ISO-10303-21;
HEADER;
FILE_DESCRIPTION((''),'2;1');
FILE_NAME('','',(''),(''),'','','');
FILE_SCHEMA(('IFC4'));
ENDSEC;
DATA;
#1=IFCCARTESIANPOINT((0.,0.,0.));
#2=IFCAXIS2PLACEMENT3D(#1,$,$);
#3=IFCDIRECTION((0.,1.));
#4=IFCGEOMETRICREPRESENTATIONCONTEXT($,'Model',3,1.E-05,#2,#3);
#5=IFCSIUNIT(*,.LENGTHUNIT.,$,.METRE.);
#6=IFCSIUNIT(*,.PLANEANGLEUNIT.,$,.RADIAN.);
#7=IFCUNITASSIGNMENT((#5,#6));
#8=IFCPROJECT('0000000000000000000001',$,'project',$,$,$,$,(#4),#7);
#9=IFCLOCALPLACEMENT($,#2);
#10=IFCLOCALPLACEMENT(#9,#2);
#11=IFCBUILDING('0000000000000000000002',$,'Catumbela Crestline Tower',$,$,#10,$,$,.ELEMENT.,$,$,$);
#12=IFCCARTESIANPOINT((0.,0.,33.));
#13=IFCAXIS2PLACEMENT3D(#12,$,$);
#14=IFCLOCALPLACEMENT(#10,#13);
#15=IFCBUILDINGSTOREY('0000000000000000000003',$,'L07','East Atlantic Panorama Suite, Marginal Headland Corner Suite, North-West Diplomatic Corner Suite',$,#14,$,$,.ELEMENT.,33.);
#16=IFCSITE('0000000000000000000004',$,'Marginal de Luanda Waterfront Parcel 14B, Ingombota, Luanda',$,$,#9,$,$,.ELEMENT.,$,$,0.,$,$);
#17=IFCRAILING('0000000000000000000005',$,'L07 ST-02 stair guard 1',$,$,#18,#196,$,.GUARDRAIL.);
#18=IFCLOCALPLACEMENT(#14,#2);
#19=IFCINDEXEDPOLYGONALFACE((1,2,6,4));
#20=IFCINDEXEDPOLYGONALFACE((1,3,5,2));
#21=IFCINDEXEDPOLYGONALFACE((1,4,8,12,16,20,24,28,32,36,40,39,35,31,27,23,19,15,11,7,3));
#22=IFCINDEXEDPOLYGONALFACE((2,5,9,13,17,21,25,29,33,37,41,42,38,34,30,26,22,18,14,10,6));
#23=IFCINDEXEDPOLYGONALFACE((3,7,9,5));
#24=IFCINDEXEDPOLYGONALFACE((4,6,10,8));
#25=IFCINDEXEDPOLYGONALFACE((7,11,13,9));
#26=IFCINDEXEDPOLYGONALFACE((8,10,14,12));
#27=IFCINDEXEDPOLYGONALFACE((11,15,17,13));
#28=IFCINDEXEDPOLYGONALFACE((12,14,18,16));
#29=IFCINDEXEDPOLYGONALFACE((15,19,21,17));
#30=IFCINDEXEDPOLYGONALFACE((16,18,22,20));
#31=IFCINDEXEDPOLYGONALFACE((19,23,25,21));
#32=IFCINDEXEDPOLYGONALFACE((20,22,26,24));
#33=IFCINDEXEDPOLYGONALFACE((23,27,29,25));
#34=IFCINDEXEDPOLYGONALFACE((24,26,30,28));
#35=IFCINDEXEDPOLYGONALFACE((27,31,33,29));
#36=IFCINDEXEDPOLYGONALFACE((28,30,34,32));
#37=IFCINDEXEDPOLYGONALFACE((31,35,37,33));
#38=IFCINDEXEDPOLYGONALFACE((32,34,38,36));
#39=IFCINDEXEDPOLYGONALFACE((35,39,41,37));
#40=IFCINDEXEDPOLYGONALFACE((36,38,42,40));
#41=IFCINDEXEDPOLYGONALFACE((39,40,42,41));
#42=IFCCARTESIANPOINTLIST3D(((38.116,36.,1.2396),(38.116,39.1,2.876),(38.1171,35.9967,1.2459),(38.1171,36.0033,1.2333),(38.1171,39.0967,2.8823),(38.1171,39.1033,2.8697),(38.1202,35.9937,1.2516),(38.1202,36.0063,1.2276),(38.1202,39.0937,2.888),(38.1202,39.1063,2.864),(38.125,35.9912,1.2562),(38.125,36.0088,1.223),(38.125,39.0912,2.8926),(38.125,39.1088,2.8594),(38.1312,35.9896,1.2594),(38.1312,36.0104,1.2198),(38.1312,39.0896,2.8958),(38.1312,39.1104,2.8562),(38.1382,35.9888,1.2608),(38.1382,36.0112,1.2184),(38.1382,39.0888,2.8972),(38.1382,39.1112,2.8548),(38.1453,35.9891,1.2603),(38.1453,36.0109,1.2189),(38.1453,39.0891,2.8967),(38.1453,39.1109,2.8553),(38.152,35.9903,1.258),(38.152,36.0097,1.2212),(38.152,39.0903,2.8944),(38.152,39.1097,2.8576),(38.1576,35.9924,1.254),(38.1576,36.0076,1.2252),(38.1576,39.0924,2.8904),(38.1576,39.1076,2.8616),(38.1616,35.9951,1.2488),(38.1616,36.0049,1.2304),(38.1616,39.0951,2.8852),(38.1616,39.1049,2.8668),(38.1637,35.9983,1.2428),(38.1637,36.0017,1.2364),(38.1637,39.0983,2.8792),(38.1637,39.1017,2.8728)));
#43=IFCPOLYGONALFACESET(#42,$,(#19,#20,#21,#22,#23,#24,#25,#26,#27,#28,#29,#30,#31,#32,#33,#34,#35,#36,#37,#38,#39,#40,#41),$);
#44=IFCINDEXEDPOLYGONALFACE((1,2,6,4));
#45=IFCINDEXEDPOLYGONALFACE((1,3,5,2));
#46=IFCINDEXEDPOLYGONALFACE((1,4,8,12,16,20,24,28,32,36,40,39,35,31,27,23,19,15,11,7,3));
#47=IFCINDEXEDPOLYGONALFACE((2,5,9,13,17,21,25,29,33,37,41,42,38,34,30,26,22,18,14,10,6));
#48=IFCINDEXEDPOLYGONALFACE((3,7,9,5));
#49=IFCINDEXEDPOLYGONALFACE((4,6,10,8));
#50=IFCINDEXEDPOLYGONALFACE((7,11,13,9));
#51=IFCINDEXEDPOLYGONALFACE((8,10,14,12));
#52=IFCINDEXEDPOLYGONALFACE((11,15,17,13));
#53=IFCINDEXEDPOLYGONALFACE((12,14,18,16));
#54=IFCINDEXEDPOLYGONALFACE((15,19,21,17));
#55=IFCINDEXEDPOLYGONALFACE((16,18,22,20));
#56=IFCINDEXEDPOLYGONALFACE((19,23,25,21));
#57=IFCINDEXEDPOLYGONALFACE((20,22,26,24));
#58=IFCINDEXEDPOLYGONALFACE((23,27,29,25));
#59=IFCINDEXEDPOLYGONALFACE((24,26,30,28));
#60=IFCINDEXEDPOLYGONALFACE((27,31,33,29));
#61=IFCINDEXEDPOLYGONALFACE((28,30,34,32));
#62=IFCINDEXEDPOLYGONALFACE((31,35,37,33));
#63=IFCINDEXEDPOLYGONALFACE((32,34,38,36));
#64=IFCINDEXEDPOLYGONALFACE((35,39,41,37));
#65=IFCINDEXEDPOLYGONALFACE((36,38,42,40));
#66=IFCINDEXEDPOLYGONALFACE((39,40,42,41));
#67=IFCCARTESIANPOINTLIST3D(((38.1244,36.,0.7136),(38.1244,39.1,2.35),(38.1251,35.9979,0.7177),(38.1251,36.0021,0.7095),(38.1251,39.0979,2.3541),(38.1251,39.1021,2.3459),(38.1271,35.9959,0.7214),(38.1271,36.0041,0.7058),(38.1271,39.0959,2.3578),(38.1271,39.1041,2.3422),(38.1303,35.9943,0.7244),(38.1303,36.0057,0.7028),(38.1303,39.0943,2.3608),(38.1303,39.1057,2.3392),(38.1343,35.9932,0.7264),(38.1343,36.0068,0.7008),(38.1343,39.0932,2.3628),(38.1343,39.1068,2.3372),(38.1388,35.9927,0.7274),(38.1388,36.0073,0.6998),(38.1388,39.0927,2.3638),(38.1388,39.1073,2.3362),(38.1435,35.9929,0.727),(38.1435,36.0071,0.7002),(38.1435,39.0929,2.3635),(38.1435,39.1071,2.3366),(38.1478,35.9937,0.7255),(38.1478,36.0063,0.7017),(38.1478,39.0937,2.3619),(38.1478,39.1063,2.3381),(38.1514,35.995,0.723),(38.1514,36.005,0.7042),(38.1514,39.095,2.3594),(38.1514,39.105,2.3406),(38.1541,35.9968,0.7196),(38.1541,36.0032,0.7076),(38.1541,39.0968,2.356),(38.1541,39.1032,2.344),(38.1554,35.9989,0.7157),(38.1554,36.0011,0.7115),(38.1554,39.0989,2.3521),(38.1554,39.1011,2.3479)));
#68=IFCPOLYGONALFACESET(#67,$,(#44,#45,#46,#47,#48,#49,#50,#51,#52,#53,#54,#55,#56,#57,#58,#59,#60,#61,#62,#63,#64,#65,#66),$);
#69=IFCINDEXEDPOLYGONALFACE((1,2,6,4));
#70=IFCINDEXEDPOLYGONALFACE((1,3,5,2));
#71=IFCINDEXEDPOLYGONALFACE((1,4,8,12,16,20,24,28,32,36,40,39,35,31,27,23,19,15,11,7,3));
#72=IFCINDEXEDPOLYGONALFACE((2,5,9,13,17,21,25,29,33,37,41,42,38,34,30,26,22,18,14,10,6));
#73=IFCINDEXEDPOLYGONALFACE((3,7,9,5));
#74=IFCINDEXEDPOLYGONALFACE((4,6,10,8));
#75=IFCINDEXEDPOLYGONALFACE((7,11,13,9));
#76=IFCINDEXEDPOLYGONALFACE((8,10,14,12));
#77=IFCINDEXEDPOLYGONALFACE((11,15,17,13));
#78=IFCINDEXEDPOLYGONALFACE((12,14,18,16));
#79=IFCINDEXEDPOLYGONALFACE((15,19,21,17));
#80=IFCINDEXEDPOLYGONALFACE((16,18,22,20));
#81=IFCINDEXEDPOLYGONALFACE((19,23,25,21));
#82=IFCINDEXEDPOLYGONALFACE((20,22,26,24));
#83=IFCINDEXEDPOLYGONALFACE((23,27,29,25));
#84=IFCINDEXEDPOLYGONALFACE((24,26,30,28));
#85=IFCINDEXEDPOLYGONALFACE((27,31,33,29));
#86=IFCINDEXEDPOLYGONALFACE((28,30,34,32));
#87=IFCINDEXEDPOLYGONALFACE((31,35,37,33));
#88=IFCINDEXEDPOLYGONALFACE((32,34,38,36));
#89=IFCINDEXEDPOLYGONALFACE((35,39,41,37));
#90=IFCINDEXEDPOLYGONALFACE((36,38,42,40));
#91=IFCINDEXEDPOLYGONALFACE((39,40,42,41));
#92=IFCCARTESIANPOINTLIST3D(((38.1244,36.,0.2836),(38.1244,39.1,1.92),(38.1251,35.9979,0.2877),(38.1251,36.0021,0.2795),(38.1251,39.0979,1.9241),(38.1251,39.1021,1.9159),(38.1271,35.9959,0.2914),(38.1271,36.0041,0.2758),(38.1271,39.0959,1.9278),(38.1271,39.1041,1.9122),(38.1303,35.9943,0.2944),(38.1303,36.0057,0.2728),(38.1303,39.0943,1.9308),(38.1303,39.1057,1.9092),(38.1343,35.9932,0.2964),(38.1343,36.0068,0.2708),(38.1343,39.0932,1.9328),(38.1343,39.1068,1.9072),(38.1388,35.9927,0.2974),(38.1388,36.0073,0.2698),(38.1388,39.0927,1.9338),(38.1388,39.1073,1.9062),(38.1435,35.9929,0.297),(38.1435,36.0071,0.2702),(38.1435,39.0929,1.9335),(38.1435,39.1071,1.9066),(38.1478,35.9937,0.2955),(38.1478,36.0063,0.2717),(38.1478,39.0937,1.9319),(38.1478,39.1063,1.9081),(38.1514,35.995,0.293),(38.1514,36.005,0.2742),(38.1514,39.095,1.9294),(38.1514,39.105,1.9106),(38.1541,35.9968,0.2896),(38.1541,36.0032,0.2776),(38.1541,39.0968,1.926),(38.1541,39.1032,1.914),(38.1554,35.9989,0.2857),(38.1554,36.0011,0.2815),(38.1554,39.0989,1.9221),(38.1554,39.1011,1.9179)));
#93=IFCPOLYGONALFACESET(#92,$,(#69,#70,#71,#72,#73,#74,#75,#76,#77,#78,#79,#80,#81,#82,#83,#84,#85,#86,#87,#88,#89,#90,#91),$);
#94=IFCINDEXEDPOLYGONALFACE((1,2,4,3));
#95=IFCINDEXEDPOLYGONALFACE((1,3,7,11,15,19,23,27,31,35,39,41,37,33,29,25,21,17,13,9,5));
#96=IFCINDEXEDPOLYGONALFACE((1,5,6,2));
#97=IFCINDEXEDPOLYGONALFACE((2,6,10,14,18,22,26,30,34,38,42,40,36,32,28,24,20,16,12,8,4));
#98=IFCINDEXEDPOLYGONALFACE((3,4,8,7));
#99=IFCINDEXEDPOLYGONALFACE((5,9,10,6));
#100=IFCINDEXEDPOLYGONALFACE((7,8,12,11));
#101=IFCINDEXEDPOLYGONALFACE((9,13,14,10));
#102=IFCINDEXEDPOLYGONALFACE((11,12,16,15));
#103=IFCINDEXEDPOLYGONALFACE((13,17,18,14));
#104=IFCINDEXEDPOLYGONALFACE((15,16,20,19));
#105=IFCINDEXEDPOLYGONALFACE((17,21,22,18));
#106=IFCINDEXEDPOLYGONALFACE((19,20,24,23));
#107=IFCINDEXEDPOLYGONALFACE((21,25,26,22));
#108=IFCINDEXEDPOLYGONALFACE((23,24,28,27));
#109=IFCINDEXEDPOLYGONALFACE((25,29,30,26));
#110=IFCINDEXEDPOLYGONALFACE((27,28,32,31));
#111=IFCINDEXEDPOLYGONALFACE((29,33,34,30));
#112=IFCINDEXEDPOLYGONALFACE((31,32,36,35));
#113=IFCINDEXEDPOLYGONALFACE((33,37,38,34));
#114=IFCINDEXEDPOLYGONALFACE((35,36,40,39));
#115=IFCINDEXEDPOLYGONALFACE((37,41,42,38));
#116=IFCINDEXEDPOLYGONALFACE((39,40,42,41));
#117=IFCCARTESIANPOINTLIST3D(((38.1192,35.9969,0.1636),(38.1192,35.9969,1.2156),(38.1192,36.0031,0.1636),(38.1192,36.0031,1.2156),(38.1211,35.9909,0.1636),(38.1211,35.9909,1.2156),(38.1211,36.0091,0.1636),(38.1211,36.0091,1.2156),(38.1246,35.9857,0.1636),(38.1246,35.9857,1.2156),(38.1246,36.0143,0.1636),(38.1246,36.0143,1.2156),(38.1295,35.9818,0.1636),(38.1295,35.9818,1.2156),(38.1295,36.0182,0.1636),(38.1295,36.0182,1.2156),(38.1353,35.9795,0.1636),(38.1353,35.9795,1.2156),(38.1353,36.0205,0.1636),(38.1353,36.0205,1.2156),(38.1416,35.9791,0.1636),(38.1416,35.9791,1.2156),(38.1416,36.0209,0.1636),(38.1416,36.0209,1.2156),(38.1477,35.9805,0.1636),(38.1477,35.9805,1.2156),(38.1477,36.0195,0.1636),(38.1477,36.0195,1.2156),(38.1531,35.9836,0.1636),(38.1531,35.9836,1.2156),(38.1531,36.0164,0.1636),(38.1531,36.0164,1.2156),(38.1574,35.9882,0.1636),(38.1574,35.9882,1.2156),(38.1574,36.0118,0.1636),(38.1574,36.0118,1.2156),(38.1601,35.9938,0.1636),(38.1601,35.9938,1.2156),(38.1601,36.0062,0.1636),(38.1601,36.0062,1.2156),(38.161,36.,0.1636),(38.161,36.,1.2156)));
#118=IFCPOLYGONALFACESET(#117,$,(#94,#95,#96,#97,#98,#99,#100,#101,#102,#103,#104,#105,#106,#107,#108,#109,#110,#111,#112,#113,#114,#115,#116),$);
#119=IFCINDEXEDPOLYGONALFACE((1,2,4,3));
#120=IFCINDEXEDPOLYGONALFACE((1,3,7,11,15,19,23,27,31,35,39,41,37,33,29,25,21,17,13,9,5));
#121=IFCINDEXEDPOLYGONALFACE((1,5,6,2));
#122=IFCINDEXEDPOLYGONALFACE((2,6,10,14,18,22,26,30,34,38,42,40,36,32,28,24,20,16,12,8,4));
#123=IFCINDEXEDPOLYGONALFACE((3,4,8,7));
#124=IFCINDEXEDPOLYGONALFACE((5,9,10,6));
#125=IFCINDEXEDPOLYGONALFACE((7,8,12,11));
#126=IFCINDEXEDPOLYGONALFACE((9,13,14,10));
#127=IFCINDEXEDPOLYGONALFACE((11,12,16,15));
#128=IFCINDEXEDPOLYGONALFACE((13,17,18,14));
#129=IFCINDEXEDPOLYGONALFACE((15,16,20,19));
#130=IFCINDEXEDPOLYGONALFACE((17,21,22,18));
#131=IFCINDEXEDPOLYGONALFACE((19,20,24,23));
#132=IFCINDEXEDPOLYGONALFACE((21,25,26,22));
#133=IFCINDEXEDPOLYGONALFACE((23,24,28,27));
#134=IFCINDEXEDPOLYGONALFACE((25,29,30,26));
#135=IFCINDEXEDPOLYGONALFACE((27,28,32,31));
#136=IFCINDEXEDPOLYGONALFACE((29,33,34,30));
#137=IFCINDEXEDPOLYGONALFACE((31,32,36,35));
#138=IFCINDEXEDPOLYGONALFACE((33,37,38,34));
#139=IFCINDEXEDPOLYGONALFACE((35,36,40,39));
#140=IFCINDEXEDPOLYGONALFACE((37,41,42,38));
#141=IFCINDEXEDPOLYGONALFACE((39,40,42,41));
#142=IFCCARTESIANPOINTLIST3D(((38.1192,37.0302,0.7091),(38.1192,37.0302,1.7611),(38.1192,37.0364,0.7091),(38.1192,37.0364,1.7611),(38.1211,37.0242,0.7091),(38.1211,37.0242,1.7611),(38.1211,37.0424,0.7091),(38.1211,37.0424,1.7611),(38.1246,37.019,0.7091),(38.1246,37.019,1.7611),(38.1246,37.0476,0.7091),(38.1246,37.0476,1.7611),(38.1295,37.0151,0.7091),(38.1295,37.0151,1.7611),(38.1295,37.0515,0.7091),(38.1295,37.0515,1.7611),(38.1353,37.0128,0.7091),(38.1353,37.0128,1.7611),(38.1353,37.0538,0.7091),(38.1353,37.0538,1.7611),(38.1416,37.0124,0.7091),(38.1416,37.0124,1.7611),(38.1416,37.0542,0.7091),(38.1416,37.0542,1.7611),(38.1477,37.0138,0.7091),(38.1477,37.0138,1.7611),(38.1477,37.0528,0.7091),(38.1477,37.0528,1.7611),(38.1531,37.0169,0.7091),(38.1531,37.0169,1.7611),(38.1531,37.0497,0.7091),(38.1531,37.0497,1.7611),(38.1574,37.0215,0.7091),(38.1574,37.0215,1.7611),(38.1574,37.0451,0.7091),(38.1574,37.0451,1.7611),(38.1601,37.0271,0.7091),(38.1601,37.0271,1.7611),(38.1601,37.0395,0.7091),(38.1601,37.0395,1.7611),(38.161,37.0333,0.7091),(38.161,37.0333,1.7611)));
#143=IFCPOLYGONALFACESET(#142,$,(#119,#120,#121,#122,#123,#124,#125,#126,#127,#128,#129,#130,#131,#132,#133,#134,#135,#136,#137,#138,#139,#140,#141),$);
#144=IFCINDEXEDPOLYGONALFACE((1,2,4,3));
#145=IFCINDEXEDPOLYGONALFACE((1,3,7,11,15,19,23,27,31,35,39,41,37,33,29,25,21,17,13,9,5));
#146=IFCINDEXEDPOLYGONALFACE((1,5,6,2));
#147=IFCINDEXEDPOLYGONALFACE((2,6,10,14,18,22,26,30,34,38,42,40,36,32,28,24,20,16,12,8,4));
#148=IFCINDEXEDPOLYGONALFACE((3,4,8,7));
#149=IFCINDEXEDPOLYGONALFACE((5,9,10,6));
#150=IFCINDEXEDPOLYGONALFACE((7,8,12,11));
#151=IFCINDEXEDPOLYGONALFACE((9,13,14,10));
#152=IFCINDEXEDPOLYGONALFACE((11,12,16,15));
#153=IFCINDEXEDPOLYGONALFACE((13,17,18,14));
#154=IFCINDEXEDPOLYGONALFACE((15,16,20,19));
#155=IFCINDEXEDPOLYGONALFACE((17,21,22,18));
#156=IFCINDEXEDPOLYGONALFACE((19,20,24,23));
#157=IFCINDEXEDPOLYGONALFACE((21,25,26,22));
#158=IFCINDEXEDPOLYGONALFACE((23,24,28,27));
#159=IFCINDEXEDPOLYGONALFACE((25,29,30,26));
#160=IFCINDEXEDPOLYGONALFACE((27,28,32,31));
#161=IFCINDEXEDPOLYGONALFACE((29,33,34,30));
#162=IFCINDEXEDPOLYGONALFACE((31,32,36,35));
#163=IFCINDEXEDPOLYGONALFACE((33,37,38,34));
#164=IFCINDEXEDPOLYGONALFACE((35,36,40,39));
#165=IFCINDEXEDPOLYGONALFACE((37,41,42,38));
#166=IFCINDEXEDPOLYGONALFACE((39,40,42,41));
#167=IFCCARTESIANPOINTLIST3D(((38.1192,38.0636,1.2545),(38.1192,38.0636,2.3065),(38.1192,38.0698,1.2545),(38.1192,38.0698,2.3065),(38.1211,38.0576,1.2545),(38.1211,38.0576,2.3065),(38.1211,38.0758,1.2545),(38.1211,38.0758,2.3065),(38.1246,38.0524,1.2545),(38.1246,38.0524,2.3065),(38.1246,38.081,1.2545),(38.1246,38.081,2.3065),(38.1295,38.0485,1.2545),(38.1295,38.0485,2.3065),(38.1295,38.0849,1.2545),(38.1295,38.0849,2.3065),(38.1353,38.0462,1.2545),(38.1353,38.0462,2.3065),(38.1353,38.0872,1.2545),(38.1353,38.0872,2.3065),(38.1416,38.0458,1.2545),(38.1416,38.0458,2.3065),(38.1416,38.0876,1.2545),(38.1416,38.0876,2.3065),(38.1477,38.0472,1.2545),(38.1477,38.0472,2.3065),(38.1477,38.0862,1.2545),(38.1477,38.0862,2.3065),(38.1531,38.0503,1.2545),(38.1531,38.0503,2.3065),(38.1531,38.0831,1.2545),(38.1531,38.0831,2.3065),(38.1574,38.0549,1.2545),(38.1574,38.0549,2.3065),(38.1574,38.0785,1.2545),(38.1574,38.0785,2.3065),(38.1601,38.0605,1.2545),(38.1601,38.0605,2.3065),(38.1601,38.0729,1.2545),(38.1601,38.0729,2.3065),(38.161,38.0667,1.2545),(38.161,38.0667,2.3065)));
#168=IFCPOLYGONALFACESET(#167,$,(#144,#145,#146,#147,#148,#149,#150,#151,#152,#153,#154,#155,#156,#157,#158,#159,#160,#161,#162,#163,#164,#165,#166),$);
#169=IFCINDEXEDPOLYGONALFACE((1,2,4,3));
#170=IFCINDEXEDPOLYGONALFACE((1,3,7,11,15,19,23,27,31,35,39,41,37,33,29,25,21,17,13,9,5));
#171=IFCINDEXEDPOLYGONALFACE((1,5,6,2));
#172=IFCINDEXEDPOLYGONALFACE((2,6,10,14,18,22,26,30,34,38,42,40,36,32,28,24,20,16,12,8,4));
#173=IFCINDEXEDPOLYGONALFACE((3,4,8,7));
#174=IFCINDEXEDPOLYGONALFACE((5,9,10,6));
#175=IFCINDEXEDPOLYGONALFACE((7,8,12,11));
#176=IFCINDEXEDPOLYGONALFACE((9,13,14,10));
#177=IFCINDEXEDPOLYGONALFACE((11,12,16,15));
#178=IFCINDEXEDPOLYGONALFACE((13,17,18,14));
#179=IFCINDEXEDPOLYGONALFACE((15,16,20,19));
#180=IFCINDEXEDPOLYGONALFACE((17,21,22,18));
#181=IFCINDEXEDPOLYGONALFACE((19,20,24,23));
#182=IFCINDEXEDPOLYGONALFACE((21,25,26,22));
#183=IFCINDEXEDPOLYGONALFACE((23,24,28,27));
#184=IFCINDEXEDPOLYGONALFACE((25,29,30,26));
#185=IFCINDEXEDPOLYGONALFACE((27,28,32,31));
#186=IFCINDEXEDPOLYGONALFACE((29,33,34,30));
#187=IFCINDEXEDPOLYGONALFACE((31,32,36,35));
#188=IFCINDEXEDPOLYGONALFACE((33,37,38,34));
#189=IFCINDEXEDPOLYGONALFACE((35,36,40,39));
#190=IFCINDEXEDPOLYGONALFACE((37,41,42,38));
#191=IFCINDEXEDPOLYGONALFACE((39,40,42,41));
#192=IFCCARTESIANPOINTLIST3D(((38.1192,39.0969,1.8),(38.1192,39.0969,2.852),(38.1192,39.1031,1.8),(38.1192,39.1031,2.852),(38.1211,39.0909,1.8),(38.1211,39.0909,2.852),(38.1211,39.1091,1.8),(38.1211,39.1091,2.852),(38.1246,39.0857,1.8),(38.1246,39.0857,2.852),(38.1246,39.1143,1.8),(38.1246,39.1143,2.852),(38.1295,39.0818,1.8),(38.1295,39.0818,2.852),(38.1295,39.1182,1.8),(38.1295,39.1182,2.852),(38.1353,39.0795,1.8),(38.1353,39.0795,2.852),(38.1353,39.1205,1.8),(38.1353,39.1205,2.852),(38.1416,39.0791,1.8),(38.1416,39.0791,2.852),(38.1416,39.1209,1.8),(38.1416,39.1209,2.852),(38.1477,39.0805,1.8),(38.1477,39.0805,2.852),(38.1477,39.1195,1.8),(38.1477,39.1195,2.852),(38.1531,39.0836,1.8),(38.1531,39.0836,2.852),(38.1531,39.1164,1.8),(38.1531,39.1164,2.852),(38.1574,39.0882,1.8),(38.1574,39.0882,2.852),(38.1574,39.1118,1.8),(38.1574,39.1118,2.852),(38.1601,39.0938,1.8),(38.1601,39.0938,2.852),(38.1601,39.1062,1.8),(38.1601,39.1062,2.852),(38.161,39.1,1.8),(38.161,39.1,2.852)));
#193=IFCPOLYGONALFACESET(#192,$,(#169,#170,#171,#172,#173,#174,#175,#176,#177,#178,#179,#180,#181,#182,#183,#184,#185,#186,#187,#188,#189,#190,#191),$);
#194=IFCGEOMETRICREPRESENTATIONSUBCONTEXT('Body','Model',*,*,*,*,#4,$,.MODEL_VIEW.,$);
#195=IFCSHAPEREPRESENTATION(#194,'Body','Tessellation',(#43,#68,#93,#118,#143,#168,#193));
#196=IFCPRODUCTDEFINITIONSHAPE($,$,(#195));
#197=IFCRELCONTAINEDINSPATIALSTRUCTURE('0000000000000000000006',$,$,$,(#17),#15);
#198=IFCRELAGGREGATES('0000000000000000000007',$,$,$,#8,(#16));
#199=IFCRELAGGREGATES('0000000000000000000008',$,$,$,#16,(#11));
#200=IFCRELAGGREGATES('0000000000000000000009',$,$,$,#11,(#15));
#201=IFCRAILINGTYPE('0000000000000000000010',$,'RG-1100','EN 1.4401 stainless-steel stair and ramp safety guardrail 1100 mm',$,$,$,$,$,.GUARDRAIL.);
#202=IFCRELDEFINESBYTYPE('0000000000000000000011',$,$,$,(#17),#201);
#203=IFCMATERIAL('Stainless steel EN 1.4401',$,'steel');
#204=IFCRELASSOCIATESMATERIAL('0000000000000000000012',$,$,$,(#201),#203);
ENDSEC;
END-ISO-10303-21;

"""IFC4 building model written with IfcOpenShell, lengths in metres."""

from ifc_helpers import new_model, si_unit, direction, frame, origin, origin_2d, place, context, subcontext, project, spatial, circle, extrude, material, type_object, element, save


model = new_model("IFC4")

# Units and contexts
model_context = context("Model", 3, precision=1e-05, world=origin(), true_north=direction((0.0, 1.0)))
body_context = subcontext(model_context, "Body", "Model", "MODEL_VIEW")
ifc_project = project(units=[si_unit("LENGTHUNIT", "METRE"), si_unit("PLANEANGLEUNIT", "RADIAN")], contexts=[model_context])

# Site, building, storey
site_placement = place(None, origin())
site = spatial("IfcSite", under=ifc_project, at=site_placement, Name="Marginal de Luanda Waterfront Parcel 14B, Ingombota, Luanda", CompositionType="ELEMENT", RefElevation=0.0)
building_placement = place(site_placement, origin())
building = spatial("IfcBuilding", under=site, at=building_placement, Name="Catumbela Crestline Tower", CompositionType="ELEMENT")
storey_placement = place(building_placement, frame((0.0, 0.0, 33.0)))
storey = spatial("IfcBuildingStorey", under=building, at=storey_placement, Name="L07", Description="East Atlantic Panorama Suite, Marginal Headland Corner Suite, North-West Diplomatic Corner Suite", CompositionType="ELEMENT", Elevation=33.0)

# Shared definitions
ifc_material_1 = material(Name="Stainless steel EN 1.4401", Category="steel")

# Railing
railing_type_1 = type_object("IfcRailingType", Name="RG-1100", Description="EN 1.4401 stainless-steel stair and ramp safety guardrail 1100 mm", PredefinedType="GUARDRAIL", material=ifc_material_1)
railing_1_placement = place(storey_placement, frame((38.14, 36.0, 0.1636)))
element("IfcRailing", 1, at=railing_1_placement, inside=storey, type_object=railing_type_1, Name="L07 ST-02 stair guard 1", PredefinedType="GUARDRAIL", context=body_context, shape_type="SweptSolid", body=[
    extrude(circle(Radius=0.024, at=origin_2d()), frame((0.0, 0.0, 1.076), z_axis=(0.0, 0.884351, 0.466823), x_axis=(-1.0, 0.0, 0.0)), (0.0, 0.0, 1.0), 3.5054),
    extrude(circle(Radius=0.0156, at=origin_2d()), frame((0.0, 0.0, 0.55), z_axis=(0.0, 0.884351, 0.466823), x_axis=(-1.0, 0.0, 0.0)), (0.0, 0.0, 1.0), 3.5054),
    extrude(circle(Radius=0.0156, at=origin_2d()), frame((0.0, 0.0, 0.12), z_axis=(0.0, 0.884351, 0.466823), x_axis=(-1.0, 0.0, 0.0)), (0.0, 0.0, 1.0), 3.5054),
    extrude(circle(Radius=0.021, at=origin_2d()), origin(), (0.0, 0.0, 1.0), 1.052),
    extrude(circle(Radius=0.021, at=origin_2d()), frame((0.0, 1.0333, 0.5455)), (0.0, 0.0, 1.0), 1.052),
    extrude(circle(Radius=0.021, at=origin_2d()), frame((0.0, 2.0667, 1.0909)), (0.0, 0.0, 1.0), 1.052),
    extrude(circle(Radius=0.021, at=origin_2d()), frame((0.0, 3.1, 1.6364)), (0.0, 0.0, 1.0), 1.052),
])

save(model, "model.ifc")
